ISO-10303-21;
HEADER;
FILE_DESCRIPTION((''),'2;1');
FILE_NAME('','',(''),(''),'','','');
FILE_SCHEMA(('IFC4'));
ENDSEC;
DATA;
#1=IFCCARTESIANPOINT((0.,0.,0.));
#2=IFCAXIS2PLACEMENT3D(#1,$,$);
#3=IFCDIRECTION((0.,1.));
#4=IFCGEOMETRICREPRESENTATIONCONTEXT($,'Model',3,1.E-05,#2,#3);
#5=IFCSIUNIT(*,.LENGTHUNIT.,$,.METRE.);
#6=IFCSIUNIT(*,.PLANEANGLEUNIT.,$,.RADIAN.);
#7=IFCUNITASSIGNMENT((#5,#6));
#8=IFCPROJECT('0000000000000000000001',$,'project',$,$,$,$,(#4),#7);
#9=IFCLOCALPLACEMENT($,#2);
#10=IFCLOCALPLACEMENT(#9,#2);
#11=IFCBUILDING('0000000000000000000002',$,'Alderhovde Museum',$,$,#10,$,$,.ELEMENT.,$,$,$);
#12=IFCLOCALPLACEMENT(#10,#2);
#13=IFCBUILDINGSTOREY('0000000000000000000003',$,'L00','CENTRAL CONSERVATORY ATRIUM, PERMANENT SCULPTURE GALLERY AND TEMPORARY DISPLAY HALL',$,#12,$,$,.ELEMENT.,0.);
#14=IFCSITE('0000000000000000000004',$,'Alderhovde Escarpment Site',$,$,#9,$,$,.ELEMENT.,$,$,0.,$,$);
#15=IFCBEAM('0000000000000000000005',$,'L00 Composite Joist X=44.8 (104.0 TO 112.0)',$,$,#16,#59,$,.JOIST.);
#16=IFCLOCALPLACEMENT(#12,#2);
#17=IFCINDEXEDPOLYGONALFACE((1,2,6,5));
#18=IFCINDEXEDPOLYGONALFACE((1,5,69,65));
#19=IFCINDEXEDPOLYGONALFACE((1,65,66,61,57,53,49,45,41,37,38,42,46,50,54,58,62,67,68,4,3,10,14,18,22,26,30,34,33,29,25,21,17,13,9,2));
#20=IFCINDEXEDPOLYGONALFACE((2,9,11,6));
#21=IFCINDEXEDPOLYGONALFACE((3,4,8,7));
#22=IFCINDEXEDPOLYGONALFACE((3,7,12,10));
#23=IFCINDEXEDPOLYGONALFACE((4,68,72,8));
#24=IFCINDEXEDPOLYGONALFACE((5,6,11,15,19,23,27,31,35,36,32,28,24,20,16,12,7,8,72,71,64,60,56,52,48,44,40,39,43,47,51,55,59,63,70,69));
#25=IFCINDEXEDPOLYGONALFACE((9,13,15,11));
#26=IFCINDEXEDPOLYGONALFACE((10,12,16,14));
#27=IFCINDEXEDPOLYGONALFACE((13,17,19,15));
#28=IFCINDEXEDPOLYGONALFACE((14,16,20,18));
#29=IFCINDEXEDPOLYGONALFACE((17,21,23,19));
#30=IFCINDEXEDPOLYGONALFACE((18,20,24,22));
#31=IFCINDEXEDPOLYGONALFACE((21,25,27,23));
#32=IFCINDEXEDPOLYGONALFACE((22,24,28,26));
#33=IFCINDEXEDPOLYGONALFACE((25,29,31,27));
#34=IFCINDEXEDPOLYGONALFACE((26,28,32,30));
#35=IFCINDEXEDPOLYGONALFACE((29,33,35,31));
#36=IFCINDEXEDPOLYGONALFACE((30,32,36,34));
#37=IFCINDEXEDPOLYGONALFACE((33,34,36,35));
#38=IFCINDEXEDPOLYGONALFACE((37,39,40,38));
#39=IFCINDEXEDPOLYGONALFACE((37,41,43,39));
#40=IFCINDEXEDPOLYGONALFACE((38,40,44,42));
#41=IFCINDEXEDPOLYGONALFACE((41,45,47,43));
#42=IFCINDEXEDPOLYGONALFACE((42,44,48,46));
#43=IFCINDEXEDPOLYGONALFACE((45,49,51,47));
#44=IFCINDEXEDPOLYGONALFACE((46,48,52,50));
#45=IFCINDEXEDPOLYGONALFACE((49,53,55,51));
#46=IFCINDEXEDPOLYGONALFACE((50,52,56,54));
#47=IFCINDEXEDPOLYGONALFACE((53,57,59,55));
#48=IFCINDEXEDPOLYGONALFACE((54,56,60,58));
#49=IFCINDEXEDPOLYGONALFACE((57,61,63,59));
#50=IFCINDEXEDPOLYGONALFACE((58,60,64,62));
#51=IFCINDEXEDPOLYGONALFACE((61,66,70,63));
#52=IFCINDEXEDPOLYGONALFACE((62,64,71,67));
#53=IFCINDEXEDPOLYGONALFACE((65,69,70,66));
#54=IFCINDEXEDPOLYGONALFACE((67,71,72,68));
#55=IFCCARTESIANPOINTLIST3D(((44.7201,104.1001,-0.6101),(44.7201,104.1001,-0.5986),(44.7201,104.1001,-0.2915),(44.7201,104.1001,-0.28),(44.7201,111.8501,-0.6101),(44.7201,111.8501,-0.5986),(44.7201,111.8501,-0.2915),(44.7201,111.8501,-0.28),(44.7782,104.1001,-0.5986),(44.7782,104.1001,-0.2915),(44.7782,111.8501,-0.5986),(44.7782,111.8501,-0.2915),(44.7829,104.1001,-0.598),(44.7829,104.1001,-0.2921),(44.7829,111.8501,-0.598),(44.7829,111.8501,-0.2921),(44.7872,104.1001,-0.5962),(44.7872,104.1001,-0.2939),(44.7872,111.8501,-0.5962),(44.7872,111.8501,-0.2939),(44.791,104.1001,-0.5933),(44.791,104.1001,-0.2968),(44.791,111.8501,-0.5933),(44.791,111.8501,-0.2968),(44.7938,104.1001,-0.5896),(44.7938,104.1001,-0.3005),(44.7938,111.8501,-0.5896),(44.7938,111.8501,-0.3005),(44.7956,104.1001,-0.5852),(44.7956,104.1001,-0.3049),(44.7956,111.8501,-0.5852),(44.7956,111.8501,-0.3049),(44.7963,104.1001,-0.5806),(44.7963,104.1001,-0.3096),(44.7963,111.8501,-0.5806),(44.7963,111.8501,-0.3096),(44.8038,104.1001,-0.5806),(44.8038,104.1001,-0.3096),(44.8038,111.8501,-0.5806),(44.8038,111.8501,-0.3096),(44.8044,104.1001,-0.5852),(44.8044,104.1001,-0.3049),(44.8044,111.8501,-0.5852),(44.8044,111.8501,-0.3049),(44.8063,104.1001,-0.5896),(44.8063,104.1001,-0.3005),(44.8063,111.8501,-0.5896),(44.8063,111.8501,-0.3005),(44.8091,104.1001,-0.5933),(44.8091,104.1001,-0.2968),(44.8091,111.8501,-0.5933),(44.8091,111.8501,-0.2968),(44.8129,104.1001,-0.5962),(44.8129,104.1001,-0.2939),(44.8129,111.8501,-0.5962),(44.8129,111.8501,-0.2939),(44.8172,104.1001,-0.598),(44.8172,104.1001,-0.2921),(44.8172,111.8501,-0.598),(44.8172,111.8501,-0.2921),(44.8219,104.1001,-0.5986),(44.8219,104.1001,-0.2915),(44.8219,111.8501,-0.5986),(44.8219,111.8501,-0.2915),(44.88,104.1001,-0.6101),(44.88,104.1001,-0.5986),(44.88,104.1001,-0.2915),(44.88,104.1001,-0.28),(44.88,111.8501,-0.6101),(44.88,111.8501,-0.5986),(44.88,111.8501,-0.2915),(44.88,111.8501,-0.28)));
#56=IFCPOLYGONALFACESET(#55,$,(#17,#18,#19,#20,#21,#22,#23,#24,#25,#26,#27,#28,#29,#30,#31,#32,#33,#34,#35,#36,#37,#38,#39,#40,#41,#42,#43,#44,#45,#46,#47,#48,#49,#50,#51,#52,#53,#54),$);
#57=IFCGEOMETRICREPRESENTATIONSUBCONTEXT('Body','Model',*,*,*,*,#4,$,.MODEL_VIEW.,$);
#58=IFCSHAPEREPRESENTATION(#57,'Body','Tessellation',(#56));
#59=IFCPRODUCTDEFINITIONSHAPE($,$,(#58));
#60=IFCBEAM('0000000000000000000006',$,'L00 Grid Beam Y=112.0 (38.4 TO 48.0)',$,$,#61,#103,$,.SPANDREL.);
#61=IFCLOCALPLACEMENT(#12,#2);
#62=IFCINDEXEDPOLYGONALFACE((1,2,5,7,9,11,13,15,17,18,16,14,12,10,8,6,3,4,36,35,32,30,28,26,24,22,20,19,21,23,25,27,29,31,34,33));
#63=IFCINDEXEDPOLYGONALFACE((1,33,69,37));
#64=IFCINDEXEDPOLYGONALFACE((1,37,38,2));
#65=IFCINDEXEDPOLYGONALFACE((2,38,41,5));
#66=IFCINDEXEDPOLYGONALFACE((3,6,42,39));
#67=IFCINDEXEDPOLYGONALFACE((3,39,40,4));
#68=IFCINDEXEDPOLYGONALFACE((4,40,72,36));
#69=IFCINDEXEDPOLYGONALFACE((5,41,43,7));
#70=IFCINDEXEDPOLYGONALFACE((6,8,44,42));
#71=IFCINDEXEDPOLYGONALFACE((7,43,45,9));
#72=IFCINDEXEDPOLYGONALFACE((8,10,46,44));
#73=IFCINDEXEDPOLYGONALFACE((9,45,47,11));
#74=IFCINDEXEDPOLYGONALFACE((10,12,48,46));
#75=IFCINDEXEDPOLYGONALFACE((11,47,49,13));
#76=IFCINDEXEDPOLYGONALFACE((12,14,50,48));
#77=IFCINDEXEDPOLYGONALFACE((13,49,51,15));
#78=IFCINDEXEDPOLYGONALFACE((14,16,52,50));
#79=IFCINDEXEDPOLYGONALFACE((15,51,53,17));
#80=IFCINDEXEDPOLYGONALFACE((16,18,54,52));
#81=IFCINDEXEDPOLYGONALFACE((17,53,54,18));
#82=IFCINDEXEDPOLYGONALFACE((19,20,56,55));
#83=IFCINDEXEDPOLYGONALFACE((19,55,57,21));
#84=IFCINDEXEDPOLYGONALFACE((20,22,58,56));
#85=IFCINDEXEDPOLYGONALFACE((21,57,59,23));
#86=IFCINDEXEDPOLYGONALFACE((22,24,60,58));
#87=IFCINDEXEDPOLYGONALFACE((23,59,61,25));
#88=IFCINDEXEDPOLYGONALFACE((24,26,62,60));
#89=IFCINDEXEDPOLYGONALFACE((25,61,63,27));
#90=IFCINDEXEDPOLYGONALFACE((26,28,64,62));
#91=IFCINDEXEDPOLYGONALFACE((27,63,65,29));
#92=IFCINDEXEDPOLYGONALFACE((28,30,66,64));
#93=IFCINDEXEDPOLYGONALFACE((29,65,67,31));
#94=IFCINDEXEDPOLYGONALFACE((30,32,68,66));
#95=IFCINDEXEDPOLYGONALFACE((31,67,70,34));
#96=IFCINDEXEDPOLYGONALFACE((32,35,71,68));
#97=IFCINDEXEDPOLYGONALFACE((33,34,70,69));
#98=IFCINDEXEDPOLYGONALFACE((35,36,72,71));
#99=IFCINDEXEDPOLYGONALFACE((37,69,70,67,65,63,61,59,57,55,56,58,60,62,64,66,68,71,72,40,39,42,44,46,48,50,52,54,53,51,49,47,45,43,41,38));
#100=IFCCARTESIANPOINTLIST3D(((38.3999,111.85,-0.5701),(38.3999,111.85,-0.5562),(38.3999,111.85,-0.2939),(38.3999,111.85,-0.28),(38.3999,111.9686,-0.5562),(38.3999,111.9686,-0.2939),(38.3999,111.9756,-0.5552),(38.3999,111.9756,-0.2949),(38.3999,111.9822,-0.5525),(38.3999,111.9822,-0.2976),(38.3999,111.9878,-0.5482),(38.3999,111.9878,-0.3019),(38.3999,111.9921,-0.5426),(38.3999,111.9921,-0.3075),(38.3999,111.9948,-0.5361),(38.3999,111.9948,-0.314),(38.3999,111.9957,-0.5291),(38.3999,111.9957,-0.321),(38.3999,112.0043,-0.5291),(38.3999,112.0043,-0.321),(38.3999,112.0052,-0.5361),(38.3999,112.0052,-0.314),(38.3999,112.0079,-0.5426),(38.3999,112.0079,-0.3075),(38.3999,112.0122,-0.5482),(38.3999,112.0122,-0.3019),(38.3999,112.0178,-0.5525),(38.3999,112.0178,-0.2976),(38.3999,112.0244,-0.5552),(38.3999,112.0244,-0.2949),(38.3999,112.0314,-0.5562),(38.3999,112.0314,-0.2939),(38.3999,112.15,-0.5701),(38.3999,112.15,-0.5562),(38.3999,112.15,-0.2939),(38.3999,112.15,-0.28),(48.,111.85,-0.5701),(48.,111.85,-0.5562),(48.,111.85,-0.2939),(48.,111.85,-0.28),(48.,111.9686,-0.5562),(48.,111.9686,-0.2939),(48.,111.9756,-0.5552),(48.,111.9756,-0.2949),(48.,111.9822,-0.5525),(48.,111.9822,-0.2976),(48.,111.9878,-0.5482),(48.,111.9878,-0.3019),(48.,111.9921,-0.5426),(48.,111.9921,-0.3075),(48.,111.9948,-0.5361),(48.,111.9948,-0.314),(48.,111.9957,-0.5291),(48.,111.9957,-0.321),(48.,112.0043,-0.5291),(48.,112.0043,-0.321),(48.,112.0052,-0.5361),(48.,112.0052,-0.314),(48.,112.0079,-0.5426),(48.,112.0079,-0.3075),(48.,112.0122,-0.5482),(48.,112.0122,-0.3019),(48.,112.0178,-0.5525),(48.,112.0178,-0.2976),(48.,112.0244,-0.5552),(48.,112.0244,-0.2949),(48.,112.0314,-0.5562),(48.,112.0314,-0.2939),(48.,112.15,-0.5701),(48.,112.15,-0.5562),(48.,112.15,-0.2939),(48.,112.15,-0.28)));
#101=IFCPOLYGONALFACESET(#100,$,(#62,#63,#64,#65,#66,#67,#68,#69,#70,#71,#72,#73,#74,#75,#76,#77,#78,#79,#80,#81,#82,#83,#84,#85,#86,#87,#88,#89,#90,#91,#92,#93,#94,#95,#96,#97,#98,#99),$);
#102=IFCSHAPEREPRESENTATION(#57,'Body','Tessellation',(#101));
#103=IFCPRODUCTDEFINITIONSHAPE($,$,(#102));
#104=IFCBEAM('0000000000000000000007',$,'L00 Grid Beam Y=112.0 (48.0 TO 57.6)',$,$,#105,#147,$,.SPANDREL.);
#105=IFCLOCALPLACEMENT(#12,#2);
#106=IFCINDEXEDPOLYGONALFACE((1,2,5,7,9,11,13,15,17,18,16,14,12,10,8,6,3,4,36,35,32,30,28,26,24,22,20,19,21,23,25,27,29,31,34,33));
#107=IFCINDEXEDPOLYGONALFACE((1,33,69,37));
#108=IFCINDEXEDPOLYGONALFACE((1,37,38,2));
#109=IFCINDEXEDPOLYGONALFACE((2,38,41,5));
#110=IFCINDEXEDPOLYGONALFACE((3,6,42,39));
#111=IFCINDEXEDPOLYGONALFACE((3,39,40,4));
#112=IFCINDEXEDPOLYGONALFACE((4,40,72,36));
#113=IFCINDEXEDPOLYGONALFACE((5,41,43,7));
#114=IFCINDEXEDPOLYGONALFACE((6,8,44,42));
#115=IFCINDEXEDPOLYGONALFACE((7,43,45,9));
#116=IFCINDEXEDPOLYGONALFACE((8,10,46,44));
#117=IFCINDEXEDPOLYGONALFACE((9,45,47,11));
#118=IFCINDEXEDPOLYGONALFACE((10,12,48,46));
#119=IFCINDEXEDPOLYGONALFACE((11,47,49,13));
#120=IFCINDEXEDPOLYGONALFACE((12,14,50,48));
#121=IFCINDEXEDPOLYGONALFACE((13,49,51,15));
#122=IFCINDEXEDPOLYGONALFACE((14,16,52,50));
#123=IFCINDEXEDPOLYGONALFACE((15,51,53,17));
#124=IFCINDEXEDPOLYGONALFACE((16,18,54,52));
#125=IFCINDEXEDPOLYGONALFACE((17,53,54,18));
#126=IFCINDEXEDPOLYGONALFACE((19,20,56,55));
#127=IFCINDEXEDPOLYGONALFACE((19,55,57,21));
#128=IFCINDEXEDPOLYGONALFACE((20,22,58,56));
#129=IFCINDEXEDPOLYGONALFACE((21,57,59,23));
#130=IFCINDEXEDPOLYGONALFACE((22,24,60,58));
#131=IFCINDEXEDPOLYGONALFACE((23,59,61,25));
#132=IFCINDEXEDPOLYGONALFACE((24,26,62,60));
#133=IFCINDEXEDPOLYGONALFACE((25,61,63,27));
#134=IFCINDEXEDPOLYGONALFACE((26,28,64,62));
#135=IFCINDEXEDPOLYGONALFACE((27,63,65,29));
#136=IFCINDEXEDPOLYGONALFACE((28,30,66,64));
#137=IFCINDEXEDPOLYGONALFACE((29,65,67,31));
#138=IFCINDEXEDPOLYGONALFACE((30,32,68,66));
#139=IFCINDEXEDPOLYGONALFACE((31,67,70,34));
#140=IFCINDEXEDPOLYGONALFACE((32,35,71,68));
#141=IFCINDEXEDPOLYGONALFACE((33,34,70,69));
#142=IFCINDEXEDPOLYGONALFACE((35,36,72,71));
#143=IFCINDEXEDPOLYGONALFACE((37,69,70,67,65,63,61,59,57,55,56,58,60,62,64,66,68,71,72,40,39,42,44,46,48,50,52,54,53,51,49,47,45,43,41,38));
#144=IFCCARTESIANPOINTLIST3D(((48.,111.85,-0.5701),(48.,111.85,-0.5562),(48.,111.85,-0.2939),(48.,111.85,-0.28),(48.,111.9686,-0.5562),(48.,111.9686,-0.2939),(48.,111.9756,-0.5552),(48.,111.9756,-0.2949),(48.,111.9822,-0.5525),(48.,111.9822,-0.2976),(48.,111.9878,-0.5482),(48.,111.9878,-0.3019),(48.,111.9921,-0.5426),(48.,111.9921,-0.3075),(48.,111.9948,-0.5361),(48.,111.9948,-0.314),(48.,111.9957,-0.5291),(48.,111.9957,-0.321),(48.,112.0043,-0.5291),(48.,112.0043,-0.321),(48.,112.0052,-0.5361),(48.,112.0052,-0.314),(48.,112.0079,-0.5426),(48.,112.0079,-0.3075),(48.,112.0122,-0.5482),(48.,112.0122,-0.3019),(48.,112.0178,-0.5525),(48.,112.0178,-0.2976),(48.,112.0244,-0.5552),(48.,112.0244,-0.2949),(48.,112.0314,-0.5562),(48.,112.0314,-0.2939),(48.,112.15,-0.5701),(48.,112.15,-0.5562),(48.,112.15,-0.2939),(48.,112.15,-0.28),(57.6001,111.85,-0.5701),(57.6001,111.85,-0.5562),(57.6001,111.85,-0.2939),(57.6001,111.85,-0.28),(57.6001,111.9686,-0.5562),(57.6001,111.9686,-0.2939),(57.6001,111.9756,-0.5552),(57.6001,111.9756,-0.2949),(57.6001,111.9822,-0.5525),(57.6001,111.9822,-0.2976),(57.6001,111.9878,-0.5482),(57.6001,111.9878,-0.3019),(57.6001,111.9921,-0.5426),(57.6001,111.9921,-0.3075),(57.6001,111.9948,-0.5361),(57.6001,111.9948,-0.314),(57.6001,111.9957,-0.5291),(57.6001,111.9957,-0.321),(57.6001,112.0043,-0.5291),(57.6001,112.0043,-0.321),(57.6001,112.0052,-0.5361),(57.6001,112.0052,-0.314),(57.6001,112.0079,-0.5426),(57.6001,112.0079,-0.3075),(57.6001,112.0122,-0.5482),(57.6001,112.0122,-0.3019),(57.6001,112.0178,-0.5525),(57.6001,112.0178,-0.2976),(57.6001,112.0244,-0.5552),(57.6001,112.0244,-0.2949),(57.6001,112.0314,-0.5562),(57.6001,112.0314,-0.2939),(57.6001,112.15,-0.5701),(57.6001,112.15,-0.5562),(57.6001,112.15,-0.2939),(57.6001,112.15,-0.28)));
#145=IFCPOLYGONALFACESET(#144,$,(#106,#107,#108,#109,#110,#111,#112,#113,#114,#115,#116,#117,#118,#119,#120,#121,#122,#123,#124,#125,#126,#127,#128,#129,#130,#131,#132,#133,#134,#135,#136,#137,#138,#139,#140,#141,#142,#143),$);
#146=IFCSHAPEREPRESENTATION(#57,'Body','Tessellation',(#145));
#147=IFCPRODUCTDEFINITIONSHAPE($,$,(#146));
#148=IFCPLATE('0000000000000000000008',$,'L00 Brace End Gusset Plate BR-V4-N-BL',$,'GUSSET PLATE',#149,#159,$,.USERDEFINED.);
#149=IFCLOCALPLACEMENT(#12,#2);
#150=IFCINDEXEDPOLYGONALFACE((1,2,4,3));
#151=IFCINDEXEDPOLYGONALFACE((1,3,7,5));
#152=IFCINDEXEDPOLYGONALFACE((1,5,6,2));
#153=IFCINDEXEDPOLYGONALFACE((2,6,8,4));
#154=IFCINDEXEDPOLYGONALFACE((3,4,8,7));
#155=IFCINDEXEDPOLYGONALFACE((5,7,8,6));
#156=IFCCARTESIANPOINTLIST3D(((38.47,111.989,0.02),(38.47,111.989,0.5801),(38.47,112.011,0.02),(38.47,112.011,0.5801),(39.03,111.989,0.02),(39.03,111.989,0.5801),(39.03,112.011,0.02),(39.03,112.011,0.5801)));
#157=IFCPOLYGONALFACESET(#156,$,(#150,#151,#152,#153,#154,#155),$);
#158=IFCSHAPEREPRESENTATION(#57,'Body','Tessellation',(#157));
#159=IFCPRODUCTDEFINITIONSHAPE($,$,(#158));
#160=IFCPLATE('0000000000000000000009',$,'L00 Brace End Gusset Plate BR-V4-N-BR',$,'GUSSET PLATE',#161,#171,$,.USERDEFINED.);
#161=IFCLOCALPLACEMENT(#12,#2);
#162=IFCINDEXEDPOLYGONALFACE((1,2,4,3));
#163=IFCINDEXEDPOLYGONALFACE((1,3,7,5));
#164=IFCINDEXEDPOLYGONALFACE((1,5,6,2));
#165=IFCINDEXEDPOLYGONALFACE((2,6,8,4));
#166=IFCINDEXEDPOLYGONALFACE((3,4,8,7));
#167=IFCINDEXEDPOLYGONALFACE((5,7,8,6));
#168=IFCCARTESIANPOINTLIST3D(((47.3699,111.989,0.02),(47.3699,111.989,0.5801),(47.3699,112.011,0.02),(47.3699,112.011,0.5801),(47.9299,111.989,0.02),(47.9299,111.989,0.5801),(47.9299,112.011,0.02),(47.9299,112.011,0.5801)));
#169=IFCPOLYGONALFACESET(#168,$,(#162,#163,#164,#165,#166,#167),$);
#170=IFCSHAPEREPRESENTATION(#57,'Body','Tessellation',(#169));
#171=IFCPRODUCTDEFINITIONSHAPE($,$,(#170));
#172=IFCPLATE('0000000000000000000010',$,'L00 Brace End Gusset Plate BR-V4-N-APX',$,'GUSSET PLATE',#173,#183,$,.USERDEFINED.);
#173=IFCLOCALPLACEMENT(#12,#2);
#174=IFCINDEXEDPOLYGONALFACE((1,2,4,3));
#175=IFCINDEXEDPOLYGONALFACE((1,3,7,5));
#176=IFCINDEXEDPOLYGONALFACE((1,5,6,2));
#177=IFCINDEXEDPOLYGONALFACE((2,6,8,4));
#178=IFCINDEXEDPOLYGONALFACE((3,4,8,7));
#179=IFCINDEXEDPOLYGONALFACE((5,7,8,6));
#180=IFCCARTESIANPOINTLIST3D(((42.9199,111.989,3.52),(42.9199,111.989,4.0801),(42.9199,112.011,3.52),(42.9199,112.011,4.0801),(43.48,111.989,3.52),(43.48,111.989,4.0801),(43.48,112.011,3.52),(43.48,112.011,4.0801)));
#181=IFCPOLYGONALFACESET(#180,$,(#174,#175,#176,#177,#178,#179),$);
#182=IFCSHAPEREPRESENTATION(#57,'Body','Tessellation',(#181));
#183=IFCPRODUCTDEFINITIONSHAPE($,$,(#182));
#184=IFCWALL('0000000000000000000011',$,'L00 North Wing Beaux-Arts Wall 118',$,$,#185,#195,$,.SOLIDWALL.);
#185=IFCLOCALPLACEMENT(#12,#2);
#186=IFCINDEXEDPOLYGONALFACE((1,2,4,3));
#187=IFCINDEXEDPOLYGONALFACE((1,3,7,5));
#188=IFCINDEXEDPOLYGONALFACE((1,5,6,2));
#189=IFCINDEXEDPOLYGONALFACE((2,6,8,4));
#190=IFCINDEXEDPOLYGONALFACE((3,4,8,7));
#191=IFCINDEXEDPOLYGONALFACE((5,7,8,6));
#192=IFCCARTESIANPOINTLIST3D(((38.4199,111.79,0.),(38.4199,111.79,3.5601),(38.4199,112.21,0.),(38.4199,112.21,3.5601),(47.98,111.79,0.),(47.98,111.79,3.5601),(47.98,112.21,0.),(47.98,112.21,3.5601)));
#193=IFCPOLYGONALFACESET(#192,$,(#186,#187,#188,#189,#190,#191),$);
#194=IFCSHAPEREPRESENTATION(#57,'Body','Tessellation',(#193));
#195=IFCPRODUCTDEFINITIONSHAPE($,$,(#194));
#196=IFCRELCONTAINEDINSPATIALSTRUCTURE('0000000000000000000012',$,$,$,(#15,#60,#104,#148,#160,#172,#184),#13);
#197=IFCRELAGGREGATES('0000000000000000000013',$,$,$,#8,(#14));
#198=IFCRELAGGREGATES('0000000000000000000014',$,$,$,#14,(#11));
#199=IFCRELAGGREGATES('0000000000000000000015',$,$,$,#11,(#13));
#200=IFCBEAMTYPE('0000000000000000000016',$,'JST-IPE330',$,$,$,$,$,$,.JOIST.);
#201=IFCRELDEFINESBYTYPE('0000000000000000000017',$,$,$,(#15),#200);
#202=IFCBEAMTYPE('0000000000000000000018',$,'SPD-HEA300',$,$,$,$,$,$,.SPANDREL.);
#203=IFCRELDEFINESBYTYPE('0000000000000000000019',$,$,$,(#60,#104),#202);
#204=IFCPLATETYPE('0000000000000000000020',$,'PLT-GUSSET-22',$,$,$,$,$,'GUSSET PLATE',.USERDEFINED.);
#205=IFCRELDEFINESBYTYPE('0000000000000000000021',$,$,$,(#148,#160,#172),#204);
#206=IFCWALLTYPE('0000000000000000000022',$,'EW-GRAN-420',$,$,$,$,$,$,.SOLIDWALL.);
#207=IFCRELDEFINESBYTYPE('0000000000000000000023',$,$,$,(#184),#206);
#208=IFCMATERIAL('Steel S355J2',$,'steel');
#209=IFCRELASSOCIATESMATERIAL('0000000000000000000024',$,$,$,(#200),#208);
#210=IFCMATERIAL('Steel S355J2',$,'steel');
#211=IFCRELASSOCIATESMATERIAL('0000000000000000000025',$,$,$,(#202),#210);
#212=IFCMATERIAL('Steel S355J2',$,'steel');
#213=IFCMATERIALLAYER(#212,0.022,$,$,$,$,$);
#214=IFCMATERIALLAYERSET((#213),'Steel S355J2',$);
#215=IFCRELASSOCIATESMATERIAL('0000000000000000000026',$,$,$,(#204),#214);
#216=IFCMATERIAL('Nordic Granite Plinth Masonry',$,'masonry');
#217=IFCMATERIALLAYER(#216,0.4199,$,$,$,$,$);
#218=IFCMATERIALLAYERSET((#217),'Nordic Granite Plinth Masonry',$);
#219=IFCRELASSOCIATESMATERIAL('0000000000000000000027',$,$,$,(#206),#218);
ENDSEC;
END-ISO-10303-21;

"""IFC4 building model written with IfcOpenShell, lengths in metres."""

from ifc_helpers import new_model, si_unit, direction, frame, frame_2d, origin, origin_2d, place, context, subcontext, project, spatial, rectangle, i_section, extrude, material, layer, layer_set, material_profile, profile_set, type_object, element, save


model = new_model("IFC4")

# Units and contexts
model_context = context("Model", 3, precision=1e-05, world=origin(), true_north=direction((0.0, 1.0)))
body_context = subcontext(model_context, "Body", "Model", "MODEL_VIEW")
ifc_project = project(units=[si_unit("LENGTHUNIT", "METRE"), si_unit("PLANEANGLEUNIT", "RADIAN")], contexts=[model_context])

# Site, building, storey
site_placement = place(None, origin())
site = spatial("IfcSite", under=ifc_project, at=site_placement, Name="Alderhovde Escarpment Site", CompositionType="ELEMENT", RefElevation=0.0)
building_placement = place(site_placement, origin())
building = spatial("IfcBuilding", under=site, at=building_placement, Name="Alderhovde Museum", CompositionType="ELEMENT")
storey_placement = place(building_placement, origin())
storey = spatial("IfcBuildingStorey", under=building, at=storey_placement, Name="L00", Description="CENTRAL CONSERVATORY ATRIUM, PERMANENT SCULPTURE GALLERY AND TEMPORARY DISPLAY HALL", CompositionType="ELEMENT", Elevation=0.0)

# Beams
ifc_material_1 = material(Name="Steel S355J2", Category="steel")
ifc_material_profile_1 = material_profile(ifc_material_1, i_section(OverallWidth=0.1599, OverallDepth=0.3301, WebThickness=0.0076, FlangeThickness=0.0115, FilletRadius=0.0181, at=origin_2d()), Name="IPE 330")
ifc_profile_set_1 = profile_set([ifc_material_profile_1], Name="Steel S355J2")
beam_type_1 = type_object("IfcBeamType", Name="JST-IPE330", PredefinedType="JOIST", material=ifc_profile_set_1)
for number, where, z_axis, x_axis, name in (
    (1, (44.8, 104.1001, -0.4451), (0.0, 1.0, 0.0), (-1.0, 0.0, 0.0), "L00 Composite Joist X=44.8 (104.0 TO 112.0)"),
):
    element("IfcBeam", number, at=place(storey_placement, frame(where, z_axis=z_axis, x_axis=x_axis)), inside=storey, type_object=beam_type_1, Name=name, PredefinedType="JOIST", context=body_context, shape_type="SweptSolid", body=[
        extrude(i_section(OverallWidth=0.1599, OverallDepth=0.3301, WebThickness=0.0076, FlangeThickness=0.0115, FilletRadius=0.0181, at=origin_2d()), origin(), (0.0, 0.0, 1.0), 7.75),
    ])
ifc_material_2 = material(Name="Steel S355J2", Category="steel")
ifc_material_profile_2 = material_profile(ifc_material_2, i_section(OverallWidth=0.3, OverallDepth=0.29, WebThickness=0.0085, FlangeThickness=0.0139, FilletRadius=0.0271, at=origin_2d()), Name="HEA 300")
ifc_profile_set_2 = profile_set([ifc_material_profile_2], Name="Steel S355J2")
beam_type_2 = type_object("IfcBeamType", Name="SPD-HEA300", PredefinedType="SPANDREL", material=ifc_profile_set_2)
for number, where, z_axis, x_axis, name in (
    (2, (38.3999, 112.0, -0.425), (1.0, 0.0, 0.0), (0.0, 1.0, 0.0), "L00 Grid Beam Y=112.0 (38.4 TO 48.0)"),
    (3, (48.0, 112.0, -0.425), (1.0, 0.0, 0.0), (0.0, 1.0, 0.0), "L00 Grid Beam Y=112.0 (48.0 TO 57.6)"),
):
    element("IfcBeam", number, at=place(storey_placement, frame(where, z_axis=z_axis, x_axis=x_axis)), inside=storey, type_object=beam_type_2, Name=name, PredefinedType="SPANDREL", context=body_context, shape_type="SweptSolid", body=[
        extrude(i_section(OverallWidth=0.3, OverallDepth=0.29, WebThickness=0.0085, FlangeThickness=0.0139, FilletRadius=0.0271, at=origin_2d()), origin(), (0.0, 0.0, 1.0), 9.6001),
    ])

# Plates
ifc_material_3 = material(Name="Steel S355J2", Category="steel")
ifc_layer_1 = layer(ifc_material_3, 0.022)
ifc_layer_set_1 = layer_set([ifc_layer_1], Name="Steel S355J2")
plate_type = type_object("IfcPlateType", Name="PLT-GUSSET-22", ElementType="GUSSET PLATE", PredefinedType="USERDEFINED", material=ifc_layer_set_1)
for number, where, z_axis, x_axis, name in (
    (4, (38.75, 112.0, 0.02), (0.0, 0.0, 1.0), (1.0, 0.0, 0.0), "L00 Brace End Gusset Plate BR-V4-N-BL"),
    (5, (47.6499, 112.0, 0.02), (0.0, 0.0, 1.0), (1.0, 0.0, 0.0), "L00 Brace End Gusset Plate BR-V4-N-BR"),
    (6, (43.2, 112.0, 3.52), (0.0, 0.0, 1.0), (1.0, 0.0, 0.0), "L00 Brace End Gusset Plate BR-V4-N-APX"),
):
    element("IfcPlate", number, at=place(storey_placement, frame(where, z_axis=z_axis, x_axis=x_axis)), inside=storey, type_object=plate_type, Name=name, ObjectType="GUSSET PLATE", PredefinedType="USERDEFINED", context=body_context, shape_type="SweptSolid", body=[
        extrude(rectangle(XDim=0.5601, YDim=0.022, at=origin_2d()), origin(), (0.0, 0.0, 1.0), 0.5601),
    ])

# Wall
ifc_material_4 = material(Name="Nordic Granite Plinth Masonry", Category="masonry")
ifc_layer_2 = layer(ifc_material_4, 0.4199)
ifc_layer_set_2 = layer_set([ifc_layer_2], Name="Nordic Granite Plinth Masonry")
wall_type = type_object("IfcWallType", Name="EW-GRAN-420", PredefinedType="SOLIDWALL", material=ifc_layer_set_2)
wall_1_placement = place(storey_placement, frame((38.4199, 112.0, 0.0), z_axis=(0.0, 0.0, 1.0), x_axis=(1.0, 0.0, 0.0)))
element("IfcWall", 7, at=wall_1_placement, inside=storey, type_object=wall_type, Name="L00 North Wing Beaux-Arts Wall 118", PredefinedType="SOLIDWALL", context=body_context, shape_type="SweptSolid", body=[
    extrude(rectangle(XDim=9.5601, YDim=0.4199, at=frame_2d((4.78, 0.0))), origin(), (0.0, 0.0, 1.0), 3.5601),
])

save(model, "model.ifc")
